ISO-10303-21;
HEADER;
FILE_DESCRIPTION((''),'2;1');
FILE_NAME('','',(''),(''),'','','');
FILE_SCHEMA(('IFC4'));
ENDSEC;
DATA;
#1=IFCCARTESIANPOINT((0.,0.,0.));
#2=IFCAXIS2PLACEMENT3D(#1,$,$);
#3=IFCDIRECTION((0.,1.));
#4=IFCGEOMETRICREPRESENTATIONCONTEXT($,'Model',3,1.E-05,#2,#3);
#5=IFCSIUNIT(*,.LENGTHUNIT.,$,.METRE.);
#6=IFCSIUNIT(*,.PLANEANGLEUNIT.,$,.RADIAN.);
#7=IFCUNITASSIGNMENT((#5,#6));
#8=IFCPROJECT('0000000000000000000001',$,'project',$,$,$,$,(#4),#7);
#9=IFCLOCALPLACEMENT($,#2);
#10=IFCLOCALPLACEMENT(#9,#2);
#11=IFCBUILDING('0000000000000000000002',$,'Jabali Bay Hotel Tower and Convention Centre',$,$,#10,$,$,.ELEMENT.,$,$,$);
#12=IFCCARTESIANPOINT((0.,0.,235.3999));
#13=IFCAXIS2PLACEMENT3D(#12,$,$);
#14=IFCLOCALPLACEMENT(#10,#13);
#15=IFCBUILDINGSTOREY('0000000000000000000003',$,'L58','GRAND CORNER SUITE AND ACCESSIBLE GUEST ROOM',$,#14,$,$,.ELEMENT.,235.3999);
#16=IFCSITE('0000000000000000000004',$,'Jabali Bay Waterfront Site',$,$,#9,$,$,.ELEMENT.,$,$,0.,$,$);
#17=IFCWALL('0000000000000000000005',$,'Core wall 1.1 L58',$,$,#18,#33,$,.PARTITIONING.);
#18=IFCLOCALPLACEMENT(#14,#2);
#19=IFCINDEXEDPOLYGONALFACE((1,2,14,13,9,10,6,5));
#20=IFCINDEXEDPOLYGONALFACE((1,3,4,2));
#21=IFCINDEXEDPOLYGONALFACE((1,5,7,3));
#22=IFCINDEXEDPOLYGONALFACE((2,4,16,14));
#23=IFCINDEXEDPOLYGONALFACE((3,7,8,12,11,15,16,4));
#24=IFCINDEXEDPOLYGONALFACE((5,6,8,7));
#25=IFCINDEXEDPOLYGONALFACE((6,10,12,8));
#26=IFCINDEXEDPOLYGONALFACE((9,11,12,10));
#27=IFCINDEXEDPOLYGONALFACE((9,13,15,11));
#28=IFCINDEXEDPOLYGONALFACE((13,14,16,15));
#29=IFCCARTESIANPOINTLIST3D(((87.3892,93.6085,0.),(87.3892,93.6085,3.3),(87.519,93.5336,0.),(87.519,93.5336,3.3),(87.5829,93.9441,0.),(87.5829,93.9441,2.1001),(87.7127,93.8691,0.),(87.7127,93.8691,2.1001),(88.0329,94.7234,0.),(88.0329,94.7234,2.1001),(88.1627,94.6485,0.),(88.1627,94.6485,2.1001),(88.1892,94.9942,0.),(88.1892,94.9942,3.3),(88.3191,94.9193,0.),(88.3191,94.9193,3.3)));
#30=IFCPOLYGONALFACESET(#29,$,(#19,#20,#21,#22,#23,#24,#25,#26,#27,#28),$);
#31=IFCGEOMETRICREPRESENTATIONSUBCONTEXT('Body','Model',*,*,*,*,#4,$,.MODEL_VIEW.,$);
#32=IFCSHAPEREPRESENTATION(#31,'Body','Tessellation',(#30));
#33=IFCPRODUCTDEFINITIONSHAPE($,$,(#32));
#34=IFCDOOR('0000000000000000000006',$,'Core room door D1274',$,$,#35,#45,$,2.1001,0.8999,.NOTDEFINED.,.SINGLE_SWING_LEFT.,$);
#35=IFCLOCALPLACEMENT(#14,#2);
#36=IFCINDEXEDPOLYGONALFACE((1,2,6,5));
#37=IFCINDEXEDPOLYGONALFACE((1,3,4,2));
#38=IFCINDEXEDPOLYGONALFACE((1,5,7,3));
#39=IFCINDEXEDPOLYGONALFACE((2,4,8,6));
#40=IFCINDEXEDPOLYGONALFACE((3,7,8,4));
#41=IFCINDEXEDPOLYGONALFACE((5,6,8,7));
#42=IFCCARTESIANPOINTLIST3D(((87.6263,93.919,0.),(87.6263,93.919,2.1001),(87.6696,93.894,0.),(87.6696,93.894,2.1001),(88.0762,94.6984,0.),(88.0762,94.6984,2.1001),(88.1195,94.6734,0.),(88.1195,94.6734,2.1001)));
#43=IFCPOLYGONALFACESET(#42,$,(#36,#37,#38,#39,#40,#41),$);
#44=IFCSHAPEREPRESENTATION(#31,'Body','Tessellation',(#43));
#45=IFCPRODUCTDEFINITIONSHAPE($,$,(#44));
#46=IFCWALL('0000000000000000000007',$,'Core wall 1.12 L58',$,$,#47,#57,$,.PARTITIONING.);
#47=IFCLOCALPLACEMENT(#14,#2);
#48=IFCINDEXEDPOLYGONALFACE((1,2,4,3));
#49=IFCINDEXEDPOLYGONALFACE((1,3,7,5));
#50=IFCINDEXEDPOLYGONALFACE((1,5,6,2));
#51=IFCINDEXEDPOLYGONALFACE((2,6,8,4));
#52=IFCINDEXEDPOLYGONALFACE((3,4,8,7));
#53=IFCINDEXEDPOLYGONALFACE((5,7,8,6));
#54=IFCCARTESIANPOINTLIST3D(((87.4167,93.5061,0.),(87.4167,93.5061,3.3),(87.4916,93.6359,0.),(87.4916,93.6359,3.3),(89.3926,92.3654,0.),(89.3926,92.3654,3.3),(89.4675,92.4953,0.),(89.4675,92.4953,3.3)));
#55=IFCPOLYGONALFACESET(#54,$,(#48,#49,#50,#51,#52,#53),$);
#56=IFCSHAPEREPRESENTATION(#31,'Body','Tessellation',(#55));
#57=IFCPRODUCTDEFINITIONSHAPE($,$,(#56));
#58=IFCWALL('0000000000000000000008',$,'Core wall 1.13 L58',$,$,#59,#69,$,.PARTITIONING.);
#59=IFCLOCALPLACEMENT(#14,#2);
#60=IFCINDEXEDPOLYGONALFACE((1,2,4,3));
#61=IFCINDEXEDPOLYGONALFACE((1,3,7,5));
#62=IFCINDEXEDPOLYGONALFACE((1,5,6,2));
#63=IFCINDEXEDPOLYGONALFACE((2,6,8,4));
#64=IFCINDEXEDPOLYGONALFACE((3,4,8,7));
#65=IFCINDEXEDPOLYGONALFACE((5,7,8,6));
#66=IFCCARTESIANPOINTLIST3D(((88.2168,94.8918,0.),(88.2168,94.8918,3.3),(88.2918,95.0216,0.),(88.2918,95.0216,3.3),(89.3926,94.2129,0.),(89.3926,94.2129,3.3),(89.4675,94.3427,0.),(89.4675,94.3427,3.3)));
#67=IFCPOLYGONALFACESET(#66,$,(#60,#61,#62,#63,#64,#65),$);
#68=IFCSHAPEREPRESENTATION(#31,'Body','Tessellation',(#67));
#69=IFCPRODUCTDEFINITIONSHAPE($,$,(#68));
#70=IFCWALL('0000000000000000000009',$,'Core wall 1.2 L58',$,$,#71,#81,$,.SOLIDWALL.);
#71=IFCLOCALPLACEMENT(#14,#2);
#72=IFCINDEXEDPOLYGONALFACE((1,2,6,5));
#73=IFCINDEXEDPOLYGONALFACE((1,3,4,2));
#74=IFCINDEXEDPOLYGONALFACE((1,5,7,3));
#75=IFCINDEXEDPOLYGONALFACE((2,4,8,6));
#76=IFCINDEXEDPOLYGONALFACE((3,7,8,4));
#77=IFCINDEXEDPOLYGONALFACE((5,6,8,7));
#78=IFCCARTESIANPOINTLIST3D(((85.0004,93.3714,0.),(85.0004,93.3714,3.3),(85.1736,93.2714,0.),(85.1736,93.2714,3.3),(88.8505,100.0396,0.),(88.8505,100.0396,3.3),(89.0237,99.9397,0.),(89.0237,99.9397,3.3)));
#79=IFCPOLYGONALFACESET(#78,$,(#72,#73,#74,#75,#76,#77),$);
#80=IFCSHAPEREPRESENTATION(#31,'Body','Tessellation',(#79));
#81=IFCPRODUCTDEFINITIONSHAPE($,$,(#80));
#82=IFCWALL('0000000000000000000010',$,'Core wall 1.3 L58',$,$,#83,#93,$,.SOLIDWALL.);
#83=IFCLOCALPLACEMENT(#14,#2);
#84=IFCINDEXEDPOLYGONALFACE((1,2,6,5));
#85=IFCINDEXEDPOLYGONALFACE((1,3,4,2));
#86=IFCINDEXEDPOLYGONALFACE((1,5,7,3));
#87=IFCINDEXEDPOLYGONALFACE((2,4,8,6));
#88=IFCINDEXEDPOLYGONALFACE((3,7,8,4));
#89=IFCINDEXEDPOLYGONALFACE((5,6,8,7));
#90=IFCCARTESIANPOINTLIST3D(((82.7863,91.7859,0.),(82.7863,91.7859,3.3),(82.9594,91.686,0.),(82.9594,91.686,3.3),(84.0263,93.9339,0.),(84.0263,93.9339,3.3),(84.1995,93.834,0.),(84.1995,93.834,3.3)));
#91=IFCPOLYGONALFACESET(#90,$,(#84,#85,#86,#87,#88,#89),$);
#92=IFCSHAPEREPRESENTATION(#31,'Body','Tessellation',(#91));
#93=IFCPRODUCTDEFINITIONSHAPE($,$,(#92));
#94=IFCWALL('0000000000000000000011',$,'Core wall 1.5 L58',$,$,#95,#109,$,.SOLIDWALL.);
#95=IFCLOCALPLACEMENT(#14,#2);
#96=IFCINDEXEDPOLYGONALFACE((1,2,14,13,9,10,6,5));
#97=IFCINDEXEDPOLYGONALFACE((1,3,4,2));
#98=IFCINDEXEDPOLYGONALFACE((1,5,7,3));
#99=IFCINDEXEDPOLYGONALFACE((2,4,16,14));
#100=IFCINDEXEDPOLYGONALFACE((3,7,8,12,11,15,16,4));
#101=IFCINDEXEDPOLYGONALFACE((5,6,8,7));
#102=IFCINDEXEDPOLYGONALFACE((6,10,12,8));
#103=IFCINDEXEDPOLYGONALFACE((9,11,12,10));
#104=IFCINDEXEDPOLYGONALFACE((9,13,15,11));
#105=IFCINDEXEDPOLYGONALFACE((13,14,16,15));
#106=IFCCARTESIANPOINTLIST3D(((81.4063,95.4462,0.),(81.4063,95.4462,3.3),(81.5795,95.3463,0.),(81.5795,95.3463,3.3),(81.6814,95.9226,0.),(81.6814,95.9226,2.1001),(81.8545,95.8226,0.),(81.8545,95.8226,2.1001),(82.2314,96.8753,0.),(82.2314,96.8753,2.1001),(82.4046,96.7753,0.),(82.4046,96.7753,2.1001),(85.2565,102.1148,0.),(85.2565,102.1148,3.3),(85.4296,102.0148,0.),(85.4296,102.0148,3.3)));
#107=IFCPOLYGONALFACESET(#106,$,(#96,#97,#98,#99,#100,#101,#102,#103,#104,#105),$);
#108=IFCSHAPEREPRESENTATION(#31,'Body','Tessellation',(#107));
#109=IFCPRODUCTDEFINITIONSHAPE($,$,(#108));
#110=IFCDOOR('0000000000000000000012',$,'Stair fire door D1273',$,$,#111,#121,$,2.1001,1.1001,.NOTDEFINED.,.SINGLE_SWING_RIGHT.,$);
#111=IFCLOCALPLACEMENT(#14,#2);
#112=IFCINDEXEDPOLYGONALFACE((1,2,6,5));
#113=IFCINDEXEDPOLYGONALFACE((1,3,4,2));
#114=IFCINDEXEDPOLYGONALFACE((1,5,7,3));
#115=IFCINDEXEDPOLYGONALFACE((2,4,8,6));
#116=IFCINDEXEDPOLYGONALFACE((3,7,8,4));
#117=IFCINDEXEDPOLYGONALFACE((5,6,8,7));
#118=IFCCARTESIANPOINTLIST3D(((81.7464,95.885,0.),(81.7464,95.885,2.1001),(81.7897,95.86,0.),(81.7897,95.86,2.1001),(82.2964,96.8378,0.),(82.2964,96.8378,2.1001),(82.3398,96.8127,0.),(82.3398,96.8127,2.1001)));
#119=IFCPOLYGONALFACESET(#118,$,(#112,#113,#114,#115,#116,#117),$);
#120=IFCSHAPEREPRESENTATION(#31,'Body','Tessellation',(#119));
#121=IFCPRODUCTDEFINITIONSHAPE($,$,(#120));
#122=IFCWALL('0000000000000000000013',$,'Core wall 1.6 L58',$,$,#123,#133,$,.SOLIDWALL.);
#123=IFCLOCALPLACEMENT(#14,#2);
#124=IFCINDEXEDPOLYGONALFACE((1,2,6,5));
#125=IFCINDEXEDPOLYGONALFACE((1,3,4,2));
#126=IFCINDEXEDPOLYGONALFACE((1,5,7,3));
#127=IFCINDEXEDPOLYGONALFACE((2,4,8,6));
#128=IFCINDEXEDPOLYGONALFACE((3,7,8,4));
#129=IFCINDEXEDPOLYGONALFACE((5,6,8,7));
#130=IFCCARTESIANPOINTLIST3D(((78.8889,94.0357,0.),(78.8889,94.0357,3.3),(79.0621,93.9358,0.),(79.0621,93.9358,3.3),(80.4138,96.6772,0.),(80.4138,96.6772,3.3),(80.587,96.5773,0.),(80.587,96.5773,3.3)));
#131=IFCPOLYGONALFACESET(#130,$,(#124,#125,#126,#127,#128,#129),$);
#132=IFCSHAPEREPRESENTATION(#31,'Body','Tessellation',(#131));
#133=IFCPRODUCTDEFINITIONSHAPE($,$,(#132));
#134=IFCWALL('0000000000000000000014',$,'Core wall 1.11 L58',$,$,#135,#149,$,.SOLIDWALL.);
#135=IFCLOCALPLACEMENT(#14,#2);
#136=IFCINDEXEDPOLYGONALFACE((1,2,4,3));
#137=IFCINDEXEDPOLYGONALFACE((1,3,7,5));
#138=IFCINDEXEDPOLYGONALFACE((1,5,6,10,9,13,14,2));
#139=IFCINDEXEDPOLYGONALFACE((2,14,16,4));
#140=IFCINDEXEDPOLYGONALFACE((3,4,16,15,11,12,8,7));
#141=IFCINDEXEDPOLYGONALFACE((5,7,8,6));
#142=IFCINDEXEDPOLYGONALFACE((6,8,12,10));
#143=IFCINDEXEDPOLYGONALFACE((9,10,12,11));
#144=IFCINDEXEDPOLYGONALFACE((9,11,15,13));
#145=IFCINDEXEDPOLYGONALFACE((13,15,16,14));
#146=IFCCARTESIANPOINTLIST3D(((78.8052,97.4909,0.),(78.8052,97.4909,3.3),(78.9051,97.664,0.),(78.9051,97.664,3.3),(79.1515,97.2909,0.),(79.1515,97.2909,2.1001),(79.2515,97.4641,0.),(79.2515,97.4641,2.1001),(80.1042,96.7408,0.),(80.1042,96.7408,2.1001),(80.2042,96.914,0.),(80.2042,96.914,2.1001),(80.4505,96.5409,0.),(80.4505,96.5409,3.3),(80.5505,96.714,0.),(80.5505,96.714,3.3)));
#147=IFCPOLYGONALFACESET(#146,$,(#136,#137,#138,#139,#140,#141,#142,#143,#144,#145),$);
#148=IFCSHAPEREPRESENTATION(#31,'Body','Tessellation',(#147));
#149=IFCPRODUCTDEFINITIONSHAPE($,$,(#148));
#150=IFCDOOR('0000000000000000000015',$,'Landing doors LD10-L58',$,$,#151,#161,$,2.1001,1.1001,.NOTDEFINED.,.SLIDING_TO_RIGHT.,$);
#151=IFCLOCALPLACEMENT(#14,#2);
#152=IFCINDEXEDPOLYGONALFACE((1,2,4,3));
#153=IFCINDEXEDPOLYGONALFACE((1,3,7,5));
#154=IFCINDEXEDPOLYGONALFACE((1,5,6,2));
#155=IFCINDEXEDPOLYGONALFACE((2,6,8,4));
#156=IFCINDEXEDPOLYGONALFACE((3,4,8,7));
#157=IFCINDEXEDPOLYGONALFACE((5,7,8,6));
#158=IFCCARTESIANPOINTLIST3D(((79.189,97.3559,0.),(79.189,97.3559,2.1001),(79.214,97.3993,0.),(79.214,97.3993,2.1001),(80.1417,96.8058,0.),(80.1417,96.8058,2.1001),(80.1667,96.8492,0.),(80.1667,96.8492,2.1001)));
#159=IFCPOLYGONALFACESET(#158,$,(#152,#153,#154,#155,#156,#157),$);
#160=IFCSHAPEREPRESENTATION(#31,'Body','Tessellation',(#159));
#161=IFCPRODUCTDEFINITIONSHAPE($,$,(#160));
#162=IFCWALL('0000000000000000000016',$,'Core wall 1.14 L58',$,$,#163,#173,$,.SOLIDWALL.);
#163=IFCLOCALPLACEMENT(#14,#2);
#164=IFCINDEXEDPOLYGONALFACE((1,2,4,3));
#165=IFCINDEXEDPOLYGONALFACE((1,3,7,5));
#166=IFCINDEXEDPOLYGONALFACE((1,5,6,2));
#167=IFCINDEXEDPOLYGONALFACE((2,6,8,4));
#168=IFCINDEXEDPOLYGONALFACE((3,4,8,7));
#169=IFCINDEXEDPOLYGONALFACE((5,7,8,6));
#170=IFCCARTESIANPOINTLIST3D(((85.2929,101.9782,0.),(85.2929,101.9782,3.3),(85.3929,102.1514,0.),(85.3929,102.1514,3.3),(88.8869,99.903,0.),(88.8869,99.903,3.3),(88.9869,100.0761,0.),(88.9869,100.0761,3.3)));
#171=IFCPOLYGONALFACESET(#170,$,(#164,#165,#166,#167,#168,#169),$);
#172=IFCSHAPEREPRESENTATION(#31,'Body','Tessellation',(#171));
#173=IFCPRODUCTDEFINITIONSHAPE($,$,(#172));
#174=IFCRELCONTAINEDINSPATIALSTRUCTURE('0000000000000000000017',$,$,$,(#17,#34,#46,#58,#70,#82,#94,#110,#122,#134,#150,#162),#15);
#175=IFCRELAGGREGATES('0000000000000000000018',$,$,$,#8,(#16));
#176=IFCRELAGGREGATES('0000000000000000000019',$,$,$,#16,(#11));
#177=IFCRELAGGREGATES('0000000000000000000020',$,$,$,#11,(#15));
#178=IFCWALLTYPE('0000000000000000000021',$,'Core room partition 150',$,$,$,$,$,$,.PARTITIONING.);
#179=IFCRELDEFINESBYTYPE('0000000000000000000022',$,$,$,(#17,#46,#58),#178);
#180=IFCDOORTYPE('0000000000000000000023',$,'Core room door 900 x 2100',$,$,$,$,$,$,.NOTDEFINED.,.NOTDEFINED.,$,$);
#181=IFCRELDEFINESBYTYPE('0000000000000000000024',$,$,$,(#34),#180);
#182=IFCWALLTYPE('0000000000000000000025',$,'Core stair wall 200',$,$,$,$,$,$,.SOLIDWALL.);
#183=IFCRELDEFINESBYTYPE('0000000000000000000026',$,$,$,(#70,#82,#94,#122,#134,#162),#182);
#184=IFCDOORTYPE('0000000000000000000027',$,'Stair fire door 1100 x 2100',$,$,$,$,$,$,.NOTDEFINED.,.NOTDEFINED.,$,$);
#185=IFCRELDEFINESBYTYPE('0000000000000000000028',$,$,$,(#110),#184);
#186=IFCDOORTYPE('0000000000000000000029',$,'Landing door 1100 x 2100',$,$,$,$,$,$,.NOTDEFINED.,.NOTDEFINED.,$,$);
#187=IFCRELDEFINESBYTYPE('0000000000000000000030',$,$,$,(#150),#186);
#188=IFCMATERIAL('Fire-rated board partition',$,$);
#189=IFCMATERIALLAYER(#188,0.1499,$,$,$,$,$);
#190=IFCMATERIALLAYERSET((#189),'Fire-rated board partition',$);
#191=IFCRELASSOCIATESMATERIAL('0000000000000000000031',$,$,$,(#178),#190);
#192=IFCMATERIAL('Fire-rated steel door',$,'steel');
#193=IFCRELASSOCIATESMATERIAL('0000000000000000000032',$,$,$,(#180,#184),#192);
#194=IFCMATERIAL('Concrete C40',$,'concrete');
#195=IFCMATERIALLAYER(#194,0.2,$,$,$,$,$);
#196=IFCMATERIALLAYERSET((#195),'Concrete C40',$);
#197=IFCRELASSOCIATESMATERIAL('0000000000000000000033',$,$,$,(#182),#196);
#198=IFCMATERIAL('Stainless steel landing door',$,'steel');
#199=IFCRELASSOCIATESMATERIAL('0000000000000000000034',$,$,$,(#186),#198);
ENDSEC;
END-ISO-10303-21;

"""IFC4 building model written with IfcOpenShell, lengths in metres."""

from ifc_helpers import new_model, si_unit, direction, frame, frame_2d, origin, place, context, subcontext, project, spatial, rectangle, extrude, material, layer, layer_set, type_object, element, fill, save


model = new_model("IFC4")

# Units and contexts
model_context = context("Model", 3, precision=1e-05, world=origin(), true_north=direction((0.0, 1.0)))
body_context = subcontext(model_context, "Body", "Model", "MODEL_VIEW")
ifc_project = project(units=[si_unit("LENGTHUNIT", "METRE"), si_unit("PLANEANGLEUNIT", "RADIAN")], contexts=[model_context])

# Site, building, storey
site_placement = place(None, origin())
site = spatial("IfcSite", under=ifc_project, at=site_placement, Name="Jabali Bay Waterfront Site", CompositionType="ELEMENT", RefElevation=0.0)
building_placement = place(site_placement, origin())
building = spatial("IfcBuilding", under=site, at=building_placement, Name="Jabali Bay Hotel Tower and Convention Centre", CompositionType="ELEMENT")
storey_placement = place(building_placement, frame((0.0, 0.0, 235.3999)))
storey = spatial("IfcBuildingStorey", under=building, at=storey_placement, Name="L58", Description="GRAND CORNER SUITE AND ACCESSIBLE GUEST ROOM", CompositionType="ELEMENT", Elevation=235.3999)

# Wall, opening, door
ifc_material_1 = material(Name="Fire-rated board partition")
ifc_layer_1 = layer(ifc_material_1, 0.1499)
ifc_layer_set_1 = layer_set([ifc_layer_1], Name="Fire-rated board partition")
wall_type_1 = type_object("IfcWallType", Name="Core room partition 150", PredefinedType="PARTITIONING", material=ifc_layer_set_1)
wall_1_placement = place(storey_placement, frame((87.4541, 93.571, 0.0), z_axis=(0.0, 0.0, 1.0), x_axis=(0.499995, 0.866028, 0.0)))
wall_1 = element("IfcWall", 1, at=wall_1_placement, inside=storey, type_object=wall_type_1, Name="Core wall 1.1 L58", PredefinedType="PARTITIONING", context=body_context, shape_type="SweptSolid", body=[
    extrude(rectangle(XDim=1.6001, YDim=0.1499, at=frame_2d((0.8, 0.0))), origin(), (0.0, 0.0, 1.0), 3.3),
])
opening_1_placement = place(wall_1_placement, frame((0.3875, 0.0, 0.0)))
opening_1 = element("IfcOpeningElement", 2, at=opening_1_placement, cuts=wall_1, PredefinedType="OPENING", context=body_context, shape_type="SweptSolid", body=[
    extrude(rectangle(XDim=0.8999, YDim=2.1001, at=frame_2d((0.45, 1.05))), frame((0.0, 0.0854, 0.0), z_axis=(0.0, -1.0, 0.0), x_axis=(1.0, 0.0, 0.0)), (0.0, 0.0, 1.0), 0.1709),
])
ifc_material_2 = material(Name="Fire-rated steel door", Category="steel")
door_type_1 = type_object("IfcDoorType", Name="Core room door 900 x 2100", OperationType="NOTDEFINED", PredefinedType="NOTDEFINED", material=ifc_material_2)
door_1_placement = place(opening_1_placement, origin())
door_1 = element("IfcDoor", 3, at=door_1_placement, inside=storey, type_object=door_type_1, Name="Core room door D1274", OperationType="SINGLE_SWING_LEFT", OverallHeight=2.1001, OverallWidth=0.8999, PredefinedType="NOTDEFINED", context=body_context, shape_type="SweptSolid", body=[
    extrude(rectangle(XDim=0.8999, YDim=2.1001, at=frame_2d((0.45, 1.05))), frame((0.0, 0.0249, 0.0), z_axis=(0.0, -1.0, 0.0), x_axis=(1.0, 0.0, 0.0)), (0.0, 0.0, 1.0), 0.05),
])
fill(opening_1, door_1)

# Walls
wall_2_placement = place(storey_placement, frame((89.4299, 92.4304, 0.0), z_axis=(0.0, 0.0, 1.0), x_axis=(-0.866048, 0.49996, 0.0)))
element("IfcWall", 4, at=wall_2_placement, inside=storey, type_object=wall_type_1, Name="Core wall 1.12 L58", PredefinedType="PARTITIONING", context=body_context, shape_type="SweptSolid", body=[
    extrude(rectangle(XDim=2.2815, YDim=0.1499, at=frame_2d((1.1406, 0.0))), origin(), (0.0, 0.0, 1.0), 3.3),
])
wall_3_placement = place(storey_placement, frame((89.4299, 94.2778, 0.0), z_axis=(0.0, 0.0, 1.0), x_axis=(-0.865988, 0.500065, 0.0)))
element("IfcWall", 5, at=wall_3_placement, inside=storey, type_object=wall_type_1, Name="Core wall 1.13 L58", PredefinedType="PARTITIONING", context=body_context, shape_type="SweptSolid", body=[
    extrude(rectangle(XDim=1.3577, YDim=0.1499, at=frame_2d((0.6787, 0.0))), origin(), (0.0, 0.0, 1.0), 3.3),
])
ifc_material_3 = material(Name="Concrete C40", Category="concrete")
ifc_layer_2 = layer(ifc_material_3, 0.2)
ifc_layer_set_2 = layer_set([ifc_layer_2], Name="Concrete C40")
wall_type_2 = type_object("IfcWallType", Name="Core stair wall 200", PredefinedType="SOLIDWALL", material=ifc_layer_set_2)
wall_4_placement = place(storey_placement, frame((85.0869, 93.3213, 0.0), z_axis=(0.0, 0.0, 1.0), x_axis=(0.50002, 0.866014, 0.0)))
element("IfcWall", 6, at=wall_4_placement, inside=storey, type_object=wall_type_2, Name="Core wall 1.2 L58", PredefinedType="SOLIDWALL", context=body_context, shape_type="SweptSolid", body=[
    extrude(rectangle(XDim=7.7, YDim=0.2, at=frame_2d((3.8501, 0.0))), origin(), (0.0, 0.0, 1.0), 3.3),
])
wall_5_placement = place(storey_placement, frame((82.8728, 91.7358, 0.0), z_axis=(0.0, 0.0, 1.0), x_axis=(0.499961, 0.866048, 0.0)))
element("IfcWall", 7, at=wall_5_placement, inside=storey, type_object=wall_type_2, Name="Core wall 1.3 L58", PredefinedType="SOLIDWALL", context=body_context, shape_type="SweptSolid", body=[
    extrude(rectangle(XDim=2.4802, YDim=0.2, at=frame_2d((1.2402, 0.0))), origin(), (0.0, 0.0, 1.0), 3.3),
])

# Wall, opening, door
wall_6_placement = place(storey_placement, frame((81.4929, 95.3962, 0.0), z_axis=(0.0, 0.0, 1.0), x_axis=(0.500006, 0.866022, 0.0)))
wall_6 = element("IfcWall", 8, at=wall_6_placement, inside=storey, type_object=wall_type_2, Name="Core wall 1.5 L58", PredefinedType="SOLIDWALL", context=body_context, shape_type="SweptSolid", body=[
    extrude(rectangle(XDim=7.7002, YDim=0.2, at=frame_2d((3.8501, 0.0))), origin(), (0.0, 0.0, 1.0), 3.3),
])
opening_2_placement = place(wall_6_placement, frame((0.55, 0.0, 0.0)))
opening_2 = element("IfcOpeningElement", 9, at=opening_2_placement, cuts=wall_6, PredefinedType="OPENING", context=body_context, shape_type="SweptSolid", body=[
    extrude(rectangle(XDim=1.1001, YDim=2.1001, at=frame_2d((0.55, 1.05))), frame((0.0, 0.1104, 0.0), z_axis=(0.0, -1.0, 0.0), x_axis=(1.0, 0.0, 0.0)), (0.0, 0.0, 1.0), 0.2209),
])
door_type_2 = type_object("IfcDoorType", Name="Stair fire door 1100 x 2100", OperationType="NOTDEFINED", PredefinedType="NOTDEFINED", material=ifc_material_2)
door_2_placement = place(opening_2_placement, origin())
door_2 = element("IfcDoor", 10, at=door_2_placement, inside=storey, type_object=door_type_2, Name="Stair fire door D1273", OperationType="SINGLE_SWING_RIGHT", OverallHeight=2.1001, OverallWidth=1.1001, PredefinedType="NOTDEFINED", context=body_context, shape_type="SweptSolid", body=[
    extrude(rectangle(XDim=1.1001, YDim=2.1001, at=frame_2d((0.55, 1.05))), frame((0.0, 0.0249, 0.0), z_axis=(0.0, -1.0, 0.0), x_axis=(1.0, 0.0, 0.0)), (0.0, 0.0, 1.0), 0.05),
])
fill(opening_2, door_2)

# Wall
wall_7_placement = place(storey_placement, frame((78.9756, 93.9858, 0.0), z_axis=(0.0, 0.0, 1.0), x_axis=(0.499944, 0.866058, 0.0)))
element("IfcWall", 11, at=wall_7_placement, inside=storey, type_object=wall_type_2, Name="Core wall 1.6 L58", PredefinedType="SOLIDWALL", context=body_context, shape_type="SweptSolid", body=[
    extrude(rectangle(XDim=3.05, YDim=0.2, at=frame_2d((1.5249, 0.0))), origin(), (0.0, 0.0, 1.0), 3.3),
])

# Wall, opening, door
wall_8_placement = place(storey_placement, frame((80.5005, 96.6274, 0.0), z_axis=(0.0, 0.0, 1.0), x_axis=(-0.866012, 0.500023, 0.0)))
wall_8 = element("IfcWall", 12, at=wall_8_placement, inside=storey, type_object=wall_type_2, Name="Core wall 1.11 L58", PredefinedType="SOLIDWALL", context=body_context, shape_type="SweptSolid", body=[
    extrude(rectangle(XDim=1.8999, YDim=0.2, at=frame_2d((0.95, 0.0))), origin(), (0.0, 0.0, 1.0), 3.3),
])
opening_3_placement = place(wall_8_placement, frame((0.3999, 0.0, 0.0)))
opening_3 = element("IfcOpeningElement", 13, at=opening_3_placement, cuts=wall_8, PredefinedType="OPENING", context=body_context, shape_type="SweptSolid", body=[
    extrude(rectangle(XDim=1.1001, YDim=2.1001, at=frame_2d((0.55, 1.05))), frame((0.0, 0.1104, 0.0), z_axis=(0.0, -1.0, 0.0), x_axis=(1.0, 0.0, 0.0)), (0.0, 0.0, 1.0), 0.2209),
])
ifc_material_4 = material(Name="Stainless steel landing door", Category="steel")
door_type_3 = type_object("IfcDoorType", Name="Landing door 1100 x 2100", OperationType="NOTDEFINED", PredefinedType="NOTDEFINED", material=ifc_material_4)
door_3_placement = place(opening_3_placement, origin())
door_3 = element("IfcDoor", 14, at=door_3_placement, inside=storey, type_object=door_type_3, Name="Landing doors LD10-L58", OperationType="SLIDING_TO_RIGHT", OverallHeight=2.1001, OverallWidth=1.1001, PredefinedType="NOTDEFINED", context=body_context, shape_type="SweptSolid", body=[
    extrude(rectangle(XDim=1.1001, YDim=2.1001, at=frame_2d((0.55, 1.05))), frame((0.0, 0.0249, 0.0), z_axis=(0.0, -1.0, 0.0), x_axis=(1.0, 0.0, 0.0)), (0.0, 0.0, 1.0), 0.05),
])
fill(opening_3, door_3)

# Wall
wall_9_placement = place(storey_placement, frame((88.937, 99.9895, 0.0), z_axis=(0.0, 0.0, 1.0), x_axis=(-0.866004, 0.500036, 0.0)))
element("IfcWall", 15, at=wall_9_placement, inside=storey, type_object=wall_type_2, Name="Core wall 1.14 L58", PredefinedType="SOLIDWALL", context=body_context, shape_type="SweptSolid", body=[
    extrude(rectangle(XDim=4.1501, YDim=0.2, at=frame_2d((2.0752, 0.0))), origin(), (0.0, 0.0, 1.0), 3.3),
])

save(model, "model.ifc")
